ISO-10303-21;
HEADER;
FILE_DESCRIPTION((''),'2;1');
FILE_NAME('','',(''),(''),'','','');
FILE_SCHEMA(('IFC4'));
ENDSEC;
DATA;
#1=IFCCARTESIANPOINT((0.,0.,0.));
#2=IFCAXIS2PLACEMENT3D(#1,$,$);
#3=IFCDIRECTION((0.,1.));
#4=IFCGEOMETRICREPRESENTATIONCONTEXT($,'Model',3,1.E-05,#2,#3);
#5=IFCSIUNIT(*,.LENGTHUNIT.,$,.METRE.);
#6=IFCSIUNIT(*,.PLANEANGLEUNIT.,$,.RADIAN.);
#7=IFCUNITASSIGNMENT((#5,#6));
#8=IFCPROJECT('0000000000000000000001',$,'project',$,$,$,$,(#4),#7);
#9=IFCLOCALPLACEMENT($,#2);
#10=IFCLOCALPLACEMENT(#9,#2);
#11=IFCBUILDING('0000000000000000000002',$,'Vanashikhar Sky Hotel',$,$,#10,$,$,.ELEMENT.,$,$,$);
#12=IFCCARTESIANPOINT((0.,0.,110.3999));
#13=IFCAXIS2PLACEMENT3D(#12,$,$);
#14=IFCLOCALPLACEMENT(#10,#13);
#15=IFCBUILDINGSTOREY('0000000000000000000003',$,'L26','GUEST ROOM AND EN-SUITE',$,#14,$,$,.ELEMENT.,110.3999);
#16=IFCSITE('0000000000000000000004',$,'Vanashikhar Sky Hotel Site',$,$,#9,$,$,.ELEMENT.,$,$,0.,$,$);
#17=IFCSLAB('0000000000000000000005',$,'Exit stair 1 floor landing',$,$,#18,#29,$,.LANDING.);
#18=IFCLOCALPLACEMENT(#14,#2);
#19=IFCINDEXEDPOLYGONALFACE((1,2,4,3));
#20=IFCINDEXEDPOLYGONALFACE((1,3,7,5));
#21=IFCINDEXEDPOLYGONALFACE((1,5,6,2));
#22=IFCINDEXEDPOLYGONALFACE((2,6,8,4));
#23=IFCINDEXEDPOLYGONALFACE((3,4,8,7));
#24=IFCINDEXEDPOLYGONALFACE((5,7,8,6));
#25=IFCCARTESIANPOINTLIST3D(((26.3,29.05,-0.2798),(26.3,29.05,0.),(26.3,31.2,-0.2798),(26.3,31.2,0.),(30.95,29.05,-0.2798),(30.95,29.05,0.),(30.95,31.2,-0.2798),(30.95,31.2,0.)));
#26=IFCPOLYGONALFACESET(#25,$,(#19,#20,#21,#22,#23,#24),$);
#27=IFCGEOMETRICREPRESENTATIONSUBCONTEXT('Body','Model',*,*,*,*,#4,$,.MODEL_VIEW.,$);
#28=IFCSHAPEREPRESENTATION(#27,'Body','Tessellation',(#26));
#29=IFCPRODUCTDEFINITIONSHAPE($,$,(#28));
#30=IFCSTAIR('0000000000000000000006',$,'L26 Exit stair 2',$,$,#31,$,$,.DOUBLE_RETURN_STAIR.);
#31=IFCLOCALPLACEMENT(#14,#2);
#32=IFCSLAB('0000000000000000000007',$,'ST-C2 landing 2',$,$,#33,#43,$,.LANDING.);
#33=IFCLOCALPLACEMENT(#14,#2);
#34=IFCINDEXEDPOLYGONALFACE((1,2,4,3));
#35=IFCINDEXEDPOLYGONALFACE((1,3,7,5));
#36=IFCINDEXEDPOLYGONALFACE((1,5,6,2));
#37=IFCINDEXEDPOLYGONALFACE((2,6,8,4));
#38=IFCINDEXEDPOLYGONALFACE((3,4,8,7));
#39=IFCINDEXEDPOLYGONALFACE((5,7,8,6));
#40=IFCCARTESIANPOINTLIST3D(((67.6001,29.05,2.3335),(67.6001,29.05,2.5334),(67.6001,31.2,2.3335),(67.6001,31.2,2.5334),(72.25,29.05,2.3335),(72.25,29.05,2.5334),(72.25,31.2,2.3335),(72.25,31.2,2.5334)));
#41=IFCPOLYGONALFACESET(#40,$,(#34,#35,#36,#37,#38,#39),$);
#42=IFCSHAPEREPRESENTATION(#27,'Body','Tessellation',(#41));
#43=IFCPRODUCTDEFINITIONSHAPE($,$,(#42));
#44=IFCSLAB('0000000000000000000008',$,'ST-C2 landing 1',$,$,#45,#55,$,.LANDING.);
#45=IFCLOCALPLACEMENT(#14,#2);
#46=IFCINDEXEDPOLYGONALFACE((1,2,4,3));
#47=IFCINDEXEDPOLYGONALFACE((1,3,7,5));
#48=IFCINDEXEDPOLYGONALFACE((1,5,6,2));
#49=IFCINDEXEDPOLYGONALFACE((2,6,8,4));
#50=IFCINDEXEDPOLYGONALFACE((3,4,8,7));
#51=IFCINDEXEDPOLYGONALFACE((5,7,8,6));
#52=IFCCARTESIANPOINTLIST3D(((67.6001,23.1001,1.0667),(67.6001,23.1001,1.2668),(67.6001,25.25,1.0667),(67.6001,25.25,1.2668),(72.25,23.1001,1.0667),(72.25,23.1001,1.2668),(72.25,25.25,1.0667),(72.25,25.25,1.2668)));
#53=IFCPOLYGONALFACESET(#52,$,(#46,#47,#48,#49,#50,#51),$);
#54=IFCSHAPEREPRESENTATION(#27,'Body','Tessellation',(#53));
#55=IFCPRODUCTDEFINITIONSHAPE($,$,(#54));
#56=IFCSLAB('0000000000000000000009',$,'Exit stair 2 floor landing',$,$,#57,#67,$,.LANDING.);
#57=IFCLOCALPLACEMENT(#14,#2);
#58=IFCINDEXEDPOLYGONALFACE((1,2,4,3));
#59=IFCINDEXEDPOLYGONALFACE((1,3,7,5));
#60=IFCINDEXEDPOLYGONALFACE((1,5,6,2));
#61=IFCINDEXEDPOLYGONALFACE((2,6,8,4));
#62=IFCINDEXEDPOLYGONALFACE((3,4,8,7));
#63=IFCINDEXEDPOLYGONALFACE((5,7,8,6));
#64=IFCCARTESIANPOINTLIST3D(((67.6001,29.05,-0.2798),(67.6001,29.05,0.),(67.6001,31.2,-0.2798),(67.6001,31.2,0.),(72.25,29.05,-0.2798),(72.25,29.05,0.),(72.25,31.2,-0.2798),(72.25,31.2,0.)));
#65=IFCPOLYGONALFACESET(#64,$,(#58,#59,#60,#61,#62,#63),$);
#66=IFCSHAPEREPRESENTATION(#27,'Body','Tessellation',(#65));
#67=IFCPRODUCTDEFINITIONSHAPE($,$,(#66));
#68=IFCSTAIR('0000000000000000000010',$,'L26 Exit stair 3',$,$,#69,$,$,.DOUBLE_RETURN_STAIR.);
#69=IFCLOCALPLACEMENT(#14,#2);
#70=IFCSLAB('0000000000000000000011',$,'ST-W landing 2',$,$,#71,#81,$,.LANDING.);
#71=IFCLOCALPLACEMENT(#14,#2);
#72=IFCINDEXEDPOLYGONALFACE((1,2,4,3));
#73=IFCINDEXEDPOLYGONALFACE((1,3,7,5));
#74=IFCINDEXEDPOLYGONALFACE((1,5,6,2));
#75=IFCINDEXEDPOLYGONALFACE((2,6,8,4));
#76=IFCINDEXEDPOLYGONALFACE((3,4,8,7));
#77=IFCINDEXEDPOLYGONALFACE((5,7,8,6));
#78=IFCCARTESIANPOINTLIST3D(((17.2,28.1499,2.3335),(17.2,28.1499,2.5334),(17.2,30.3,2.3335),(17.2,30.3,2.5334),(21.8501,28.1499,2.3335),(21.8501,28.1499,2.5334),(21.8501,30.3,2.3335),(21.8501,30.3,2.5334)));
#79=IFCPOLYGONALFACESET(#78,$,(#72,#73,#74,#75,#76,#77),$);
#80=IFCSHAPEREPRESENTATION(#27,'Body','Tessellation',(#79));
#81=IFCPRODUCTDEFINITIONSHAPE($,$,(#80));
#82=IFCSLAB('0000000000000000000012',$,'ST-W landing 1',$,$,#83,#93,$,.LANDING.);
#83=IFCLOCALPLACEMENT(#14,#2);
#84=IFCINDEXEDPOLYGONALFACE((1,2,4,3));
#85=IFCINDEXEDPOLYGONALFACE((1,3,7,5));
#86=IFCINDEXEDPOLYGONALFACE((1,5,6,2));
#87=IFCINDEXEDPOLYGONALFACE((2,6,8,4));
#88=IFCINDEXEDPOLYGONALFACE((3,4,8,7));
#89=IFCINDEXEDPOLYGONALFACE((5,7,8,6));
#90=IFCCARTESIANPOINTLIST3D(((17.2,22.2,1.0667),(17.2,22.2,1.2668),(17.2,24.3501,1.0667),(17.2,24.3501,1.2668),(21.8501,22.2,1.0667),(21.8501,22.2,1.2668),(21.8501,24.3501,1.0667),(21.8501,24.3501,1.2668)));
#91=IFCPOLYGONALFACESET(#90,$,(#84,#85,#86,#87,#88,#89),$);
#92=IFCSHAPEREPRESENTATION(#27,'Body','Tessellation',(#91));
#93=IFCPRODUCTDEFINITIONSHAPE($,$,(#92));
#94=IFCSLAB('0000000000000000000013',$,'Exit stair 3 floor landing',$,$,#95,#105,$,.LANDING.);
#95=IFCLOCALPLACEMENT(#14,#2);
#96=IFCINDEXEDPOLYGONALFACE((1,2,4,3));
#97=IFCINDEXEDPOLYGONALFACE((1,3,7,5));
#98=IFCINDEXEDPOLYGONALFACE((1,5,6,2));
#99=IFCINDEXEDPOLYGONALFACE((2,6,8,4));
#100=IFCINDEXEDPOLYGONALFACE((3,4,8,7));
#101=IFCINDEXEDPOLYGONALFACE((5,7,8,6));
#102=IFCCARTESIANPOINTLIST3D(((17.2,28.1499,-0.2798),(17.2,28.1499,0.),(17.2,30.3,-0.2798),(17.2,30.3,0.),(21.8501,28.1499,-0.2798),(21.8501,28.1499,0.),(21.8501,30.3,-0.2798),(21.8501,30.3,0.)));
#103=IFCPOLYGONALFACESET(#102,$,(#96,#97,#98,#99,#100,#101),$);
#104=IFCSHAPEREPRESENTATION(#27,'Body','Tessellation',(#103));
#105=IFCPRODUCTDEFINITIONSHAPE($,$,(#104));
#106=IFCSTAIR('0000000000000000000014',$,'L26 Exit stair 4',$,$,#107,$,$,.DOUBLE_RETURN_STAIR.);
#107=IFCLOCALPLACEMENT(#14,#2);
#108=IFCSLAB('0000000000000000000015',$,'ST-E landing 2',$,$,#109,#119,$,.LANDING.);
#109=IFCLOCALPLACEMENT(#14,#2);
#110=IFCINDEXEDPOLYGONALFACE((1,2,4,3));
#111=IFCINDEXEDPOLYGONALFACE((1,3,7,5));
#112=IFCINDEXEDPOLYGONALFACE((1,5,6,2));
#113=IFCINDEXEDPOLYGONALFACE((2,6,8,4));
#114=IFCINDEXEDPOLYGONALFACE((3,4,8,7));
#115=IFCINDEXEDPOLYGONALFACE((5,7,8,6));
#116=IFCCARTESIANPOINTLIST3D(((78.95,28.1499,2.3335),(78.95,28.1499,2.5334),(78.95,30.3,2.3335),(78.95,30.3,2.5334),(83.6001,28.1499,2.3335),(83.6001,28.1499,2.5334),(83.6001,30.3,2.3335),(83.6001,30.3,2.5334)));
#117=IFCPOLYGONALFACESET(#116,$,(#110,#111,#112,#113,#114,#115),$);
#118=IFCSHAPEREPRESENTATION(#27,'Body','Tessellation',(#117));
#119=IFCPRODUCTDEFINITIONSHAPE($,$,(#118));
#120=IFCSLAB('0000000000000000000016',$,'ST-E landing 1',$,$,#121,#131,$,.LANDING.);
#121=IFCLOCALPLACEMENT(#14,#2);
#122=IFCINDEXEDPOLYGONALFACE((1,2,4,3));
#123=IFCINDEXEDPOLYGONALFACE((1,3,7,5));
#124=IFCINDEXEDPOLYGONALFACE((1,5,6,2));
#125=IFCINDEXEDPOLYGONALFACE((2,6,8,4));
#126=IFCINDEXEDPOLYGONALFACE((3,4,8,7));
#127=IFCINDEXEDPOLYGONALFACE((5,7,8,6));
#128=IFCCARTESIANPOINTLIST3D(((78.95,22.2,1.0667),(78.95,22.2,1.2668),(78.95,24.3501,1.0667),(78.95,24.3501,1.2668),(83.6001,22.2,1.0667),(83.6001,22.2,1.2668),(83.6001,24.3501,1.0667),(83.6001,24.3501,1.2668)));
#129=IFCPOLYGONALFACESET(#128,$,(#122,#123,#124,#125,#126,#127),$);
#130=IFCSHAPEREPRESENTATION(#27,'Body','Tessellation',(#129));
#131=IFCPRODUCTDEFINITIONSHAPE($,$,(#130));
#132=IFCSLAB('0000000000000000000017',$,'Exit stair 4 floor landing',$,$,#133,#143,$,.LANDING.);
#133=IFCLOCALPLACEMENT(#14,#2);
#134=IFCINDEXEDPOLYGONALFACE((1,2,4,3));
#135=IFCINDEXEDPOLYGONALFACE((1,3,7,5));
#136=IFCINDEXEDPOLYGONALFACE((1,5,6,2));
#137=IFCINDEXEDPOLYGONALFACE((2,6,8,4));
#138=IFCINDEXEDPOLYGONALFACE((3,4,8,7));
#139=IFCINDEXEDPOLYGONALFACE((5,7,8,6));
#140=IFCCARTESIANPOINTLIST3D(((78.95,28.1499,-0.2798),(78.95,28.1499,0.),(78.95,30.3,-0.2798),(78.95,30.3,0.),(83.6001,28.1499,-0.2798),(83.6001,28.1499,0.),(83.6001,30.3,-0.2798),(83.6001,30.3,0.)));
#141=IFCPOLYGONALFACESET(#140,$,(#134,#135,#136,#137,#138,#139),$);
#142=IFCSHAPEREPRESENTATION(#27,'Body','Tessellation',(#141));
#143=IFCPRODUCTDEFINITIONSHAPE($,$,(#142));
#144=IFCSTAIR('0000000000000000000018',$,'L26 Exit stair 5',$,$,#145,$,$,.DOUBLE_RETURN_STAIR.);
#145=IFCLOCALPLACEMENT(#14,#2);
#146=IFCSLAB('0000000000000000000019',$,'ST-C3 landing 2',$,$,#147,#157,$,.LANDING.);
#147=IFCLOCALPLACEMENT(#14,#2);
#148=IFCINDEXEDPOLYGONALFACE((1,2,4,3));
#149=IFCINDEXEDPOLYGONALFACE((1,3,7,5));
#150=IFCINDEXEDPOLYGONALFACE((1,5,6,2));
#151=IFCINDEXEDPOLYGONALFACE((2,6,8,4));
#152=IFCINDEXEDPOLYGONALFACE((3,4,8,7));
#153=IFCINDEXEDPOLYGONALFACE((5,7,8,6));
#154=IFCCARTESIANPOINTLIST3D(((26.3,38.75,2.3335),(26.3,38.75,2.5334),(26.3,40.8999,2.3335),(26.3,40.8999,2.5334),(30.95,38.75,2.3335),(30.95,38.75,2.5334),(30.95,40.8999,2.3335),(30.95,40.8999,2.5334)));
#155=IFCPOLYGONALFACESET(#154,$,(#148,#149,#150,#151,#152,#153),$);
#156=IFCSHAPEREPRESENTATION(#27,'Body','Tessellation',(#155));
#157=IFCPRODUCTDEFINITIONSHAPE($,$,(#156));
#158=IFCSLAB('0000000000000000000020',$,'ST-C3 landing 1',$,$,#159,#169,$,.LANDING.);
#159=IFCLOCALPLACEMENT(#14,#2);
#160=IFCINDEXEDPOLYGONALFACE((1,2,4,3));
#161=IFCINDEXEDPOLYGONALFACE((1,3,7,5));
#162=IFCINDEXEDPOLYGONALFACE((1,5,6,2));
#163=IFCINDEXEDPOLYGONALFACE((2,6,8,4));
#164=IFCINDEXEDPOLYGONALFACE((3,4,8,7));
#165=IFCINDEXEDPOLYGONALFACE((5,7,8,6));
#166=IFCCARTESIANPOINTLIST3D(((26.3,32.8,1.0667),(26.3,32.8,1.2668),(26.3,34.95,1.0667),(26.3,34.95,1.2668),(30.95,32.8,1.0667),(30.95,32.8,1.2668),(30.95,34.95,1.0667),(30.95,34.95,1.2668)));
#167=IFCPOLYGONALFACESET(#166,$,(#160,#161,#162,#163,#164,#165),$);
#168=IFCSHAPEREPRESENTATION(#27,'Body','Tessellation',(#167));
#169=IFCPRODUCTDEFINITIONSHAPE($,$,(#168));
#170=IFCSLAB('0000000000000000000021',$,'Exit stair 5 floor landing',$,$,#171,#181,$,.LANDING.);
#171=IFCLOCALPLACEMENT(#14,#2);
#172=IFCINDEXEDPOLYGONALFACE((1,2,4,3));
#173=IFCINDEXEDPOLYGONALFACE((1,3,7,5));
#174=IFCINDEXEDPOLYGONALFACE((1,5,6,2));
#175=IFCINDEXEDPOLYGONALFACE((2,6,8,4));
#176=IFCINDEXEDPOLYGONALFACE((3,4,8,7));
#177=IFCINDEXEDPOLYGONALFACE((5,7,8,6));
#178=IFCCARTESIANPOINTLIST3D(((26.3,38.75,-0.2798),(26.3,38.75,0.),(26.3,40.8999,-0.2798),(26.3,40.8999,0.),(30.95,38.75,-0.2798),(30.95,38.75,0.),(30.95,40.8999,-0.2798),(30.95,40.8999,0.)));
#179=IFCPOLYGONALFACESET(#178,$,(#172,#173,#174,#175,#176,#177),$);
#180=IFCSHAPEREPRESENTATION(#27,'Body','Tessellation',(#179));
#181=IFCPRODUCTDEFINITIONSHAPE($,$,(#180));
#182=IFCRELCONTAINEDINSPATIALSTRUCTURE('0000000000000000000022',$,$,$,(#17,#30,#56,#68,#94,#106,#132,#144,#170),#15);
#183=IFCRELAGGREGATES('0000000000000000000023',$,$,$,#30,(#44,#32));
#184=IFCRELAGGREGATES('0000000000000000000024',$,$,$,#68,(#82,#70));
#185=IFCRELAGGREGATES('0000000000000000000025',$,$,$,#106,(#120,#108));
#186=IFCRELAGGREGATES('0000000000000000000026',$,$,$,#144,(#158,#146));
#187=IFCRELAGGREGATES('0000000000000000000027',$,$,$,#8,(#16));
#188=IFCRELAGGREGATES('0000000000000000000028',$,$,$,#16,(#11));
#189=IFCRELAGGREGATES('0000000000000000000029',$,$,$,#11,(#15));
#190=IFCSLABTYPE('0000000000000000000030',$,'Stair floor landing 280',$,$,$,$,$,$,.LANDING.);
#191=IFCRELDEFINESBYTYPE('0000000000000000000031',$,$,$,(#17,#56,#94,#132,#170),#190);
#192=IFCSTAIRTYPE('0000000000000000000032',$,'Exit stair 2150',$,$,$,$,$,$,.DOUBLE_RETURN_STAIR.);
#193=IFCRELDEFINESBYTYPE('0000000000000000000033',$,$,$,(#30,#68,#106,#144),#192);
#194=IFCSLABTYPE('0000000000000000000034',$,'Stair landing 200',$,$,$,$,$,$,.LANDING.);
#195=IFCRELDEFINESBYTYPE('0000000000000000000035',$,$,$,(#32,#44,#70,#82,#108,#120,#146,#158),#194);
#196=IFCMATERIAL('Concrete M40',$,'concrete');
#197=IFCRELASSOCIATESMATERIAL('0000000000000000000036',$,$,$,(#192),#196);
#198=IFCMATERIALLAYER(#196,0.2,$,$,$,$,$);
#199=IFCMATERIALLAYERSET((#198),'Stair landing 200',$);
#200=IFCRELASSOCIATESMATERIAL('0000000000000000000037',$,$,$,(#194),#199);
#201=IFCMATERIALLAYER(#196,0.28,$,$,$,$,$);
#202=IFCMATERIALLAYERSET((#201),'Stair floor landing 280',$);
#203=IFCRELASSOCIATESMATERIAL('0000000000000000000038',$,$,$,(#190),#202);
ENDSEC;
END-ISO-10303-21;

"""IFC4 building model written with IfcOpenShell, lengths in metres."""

from ifc_helpers import new_model, si_unit, direction, frame, origin, place, context, subcontext, project, spatial, polyline, outline, extrude, source, transform, mapped, material, layer, layer_set, type_object, element, aggregate, save


model = new_model("IFC4")

# Units and contexts
model_context = context("Model", 3, precision=1e-05, world=origin(), true_north=direction((0.0, 1.0)))
body_context = subcontext(model_context, "Body", "Model", "MODEL_VIEW")
ifc_project = project(units=[si_unit("LENGTHUNIT", "METRE"), si_unit("PLANEANGLEUNIT", "RADIAN")], contexts=[model_context])

# Site, building, storey
site_placement = place(None, origin())
site = spatial("IfcSite", under=ifc_project, at=site_placement, Name="Vanashikhar Sky Hotel Site", CompositionType="ELEMENT", RefElevation=0.0)
building_placement = place(site_placement, origin())
building = spatial("IfcBuilding", under=site, at=building_placement, Name="Vanashikhar Sky Hotel", CompositionType="ELEMENT")
storey_placement = place(building_placement, frame((0.0, 0.0, 110.3999)))
storey = spatial("IfcBuildingStorey", under=building, at=storey_placement, Name="L26", Description="GUEST ROOM AND EN-SUITE", CompositionType="ELEMENT", Elevation=110.3999)

# Shared definitions
ifc_material_1 = material(Name="Concrete M40", Category="concrete")

# Shared definitions
stair_type = type_object("IfcStairType", Name="Exit stair 2150", PredefinedType="DOUBLE_RETURN_STAIR", material=ifc_material_1)
ifc_layer_1 = layer(ifc_material_1, 0.2)
ifc_layer_set_1 = layer_set([ifc_layer_1], Name="Stair landing 200")
slab_type_1 = type_object("IfcSlabType", Name="Stair landing 200", PredefinedType="LANDING", material=ifc_layer_set_1)

# Slab
ifc_layer_2 = layer(ifc_material_1, 0.28)
ifc_layer_set_2 = layer_set([ifc_layer_2], Name="Stair floor landing 280")
slab_type_2 = type_object("IfcSlabType", Name="Stair floor landing 280", PredefinedType="LANDING", material=ifc_layer_set_2)
shared_shape_1 = source(origin(), body_context, "Body", "SweptSolid", [
    extrude(outline(polyline([(30.95, 29.05), (30.95, 31.2), (26.3, 31.2), (26.3, 29.05), (30.95, 29.05)])), origin(), (0.0, 0.0, 1.0), 0.2798),
])
slab_1_placement = place(storey_placement, frame((0.0, 0.0, -0.2798)))
element("IfcSlab", 1, at=slab_1_placement, inside=storey, type_object=slab_type_2, Name="Exit stair 1 floor landing", PredefinedType="LANDING", context=body_context, shape_type="MappedRepresentation", body=[
    mapped(shared_shape_1, transform((0.0, 0.0, 0.0), scale=1.0)),
])

# Stair, slabs
stair_1_placement = place(storey_placement, origin())
stair_1 = element("IfcStair", 2, at=stair_1_placement, inside=storey, type_object=stair_type, Name="L26 Exit stair 2", PredefinedType="DOUBLE_RETURN_STAIR")
shared_shape_2 = source(origin(), body_context, "Body", "SweptSolid", [
    extrude(outline(polyline([(72.25, 29.05), (72.25, 31.2), (67.6001, 31.2), (67.6001, 29.05), (72.25, 29.05)])), origin(), (0.0, 0.0, 1.0), 0.2),
])
slab_2_placement = place(storey_placement, frame((0.0, 0.0, 2.3335)))
slab_2 = element("IfcSlab", 3, at=slab_2_placement, type_object=slab_type_1, Name="ST-C2 landing 2", PredefinedType="LANDING", context=body_context, shape_type="MappedRepresentation", body=[
    mapped(shared_shape_2, transform((0.0, 0.0, 0.0), scale=1.0)),
])
shared_shape_3 = source(origin(), body_context, "Body", "SweptSolid", [
    extrude(outline(polyline([(72.25, 23.1001), (72.25, 25.25), (67.6001, 25.25), (67.6001, 23.1001), (72.25, 23.1001)])), origin(), (0.0, 0.0, 1.0), 0.2002),
])
slab_3_placement = place(storey_placement, frame((0.0, 0.0, 1.0667)))
slab_3 = element("IfcSlab", 4, at=slab_3_placement, type_object=slab_type_1, Name="ST-C2 landing 1", PredefinedType="LANDING", context=body_context, shape_type="MappedRepresentation", body=[
    mapped(shared_shape_3, transform((0.0, 0.0, 0.0), scale=1.0)),
])
aggregate(stair_1, [slab_3, slab_2])

# Slab
shared_shape_4 = source(origin(), body_context, "Body", "SweptSolid", [
    extrude(outline(polyline([(72.25, 29.05), (72.25, 31.2), (67.6001, 31.2), (67.6001, 29.05), (72.25, 29.05)])), origin(), (0.0, 0.0, 1.0), 0.2798),
])
slab_4_placement = place(storey_placement, frame((0.0, 0.0, -0.2798)))
element("IfcSlab", 5, at=slab_4_placement, inside=storey, type_object=slab_type_2, Name="Exit stair 2 floor landing", PredefinedType="LANDING", context=body_context, shape_type="MappedRepresentation", body=[
    mapped(shared_shape_4, transform((0.0, 0.0, 0.0), scale=1.0)),
])

# Stair, slabs
stair_2_placement = place(storey_placement, origin())
stair_2 = element("IfcStair", 6, at=stair_2_placement, inside=storey, type_object=stair_type, Name="L26 Exit stair 3", PredefinedType="DOUBLE_RETURN_STAIR")
shared_shape_5 = source(origin(), body_context, "Body", "SweptSolid", [
    extrude(outline(polyline([(21.8501, 28.1499), (21.8501, 30.3), (17.2, 30.3), (17.2, 28.1499), (21.8501, 28.1499)])), origin(), (0.0, 0.0, 1.0), 0.2),
])
slab_5_placement = place(storey_placement, frame((0.0, 0.0, 2.3335)))
slab_5 = element("IfcSlab", 7, at=slab_5_placement, type_object=slab_type_1, Name="ST-W landing 2", PredefinedType="LANDING", context=body_context, shape_type="MappedRepresentation", body=[
    mapped(shared_shape_5, transform((0.0, 0.0, 0.0), scale=1.0)),
])
shared_shape_6 = source(origin(), body_context, "Body", "SweptSolid", [
    extrude(outline(polyline([(21.8501, 22.2), (21.8501, 24.3501), (17.2, 24.3501), (17.2, 22.2), (21.8501, 22.2)])), origin(), (0.0, 0.0, 1.0), 0.2002),
])
slab_6_placement = place(storey_placement, frame((0.0, 0.0, 1.0667)))
slab_6 = element("IfcSlab", 8, at=slab_6_placement, type_object=slab_type_1, Name="ST-W landing 1", PredefinedType="LANDING", context=body_context, shape_type="MappedRepresentation", body=[
    mapped(shared_shape_6, transform((0.0, 0.0, 0.0), scale=1.0)),
])
aggregate(stair_2, [slab_6, slab_5])

# Slab
shared_shape_7 = source(origin(), body_context, "Body", "SweptSolid", [
    extrude(outline(polyline([(21.8501, 28.1499), (21.8501, 30.3), (17.2, 30.3), (17.2, 28.1499), (21.8501, 28.1499)])), origin(), (0.0, 0.0, 1.0), 0.2798),
])
slab_7_placement = place(storey_placement, frame((0.0, 0.0, -0.2798)))
element("IfcSlab", 9, at=slab_7_placement, inside=storey, type_object=slab_type_2, Name="Exit stair 3 floor landing", PredefinedType="LANDING", context=body_context, shape_type="MappedRepresentation", body=[
    mapped(shared_shape_7, transform((0.0, 0.0, 0.0), scale=1.0)),
])

# Stair, slabs
stair_3_placement = place(storey_placement, origin())
stair_3 = element("IfcStair", 10, at=stair_3_placement, inside=storey, type_object=stair_type, Name="L26 Exit stair 4", PredefinedType="DOUBLE_RETURN_STAIR")
shared_shape_8 = source(origin(), body_context, "Body", "SweptSolid", [
    extrude(outline(polyline([(83.6001, 28.1499), (83.6001, 30.3), (78.95, 30.3), (78.95, 28.1499), (83.6001, 28.1499)])), origin(), (0.0, 0.0, 1.0), 0.2),
])
slab_8_placement = place(storey_placement, frame((0.0, 0.0, 2.3335)))
slab_8 = element("IfcSlab", 11, at=slab_8_placement, type_object=slab_type_1, Name="ST-E landing 2", PredefinedType="LANDING", context=body_context, shape_type="MappedRepresentation", body=[
    mapped(shared_shape_8, transform((0.0, 0.0, 0.0), scale=1.0)),
])
shared_shape_9 = source(origin(), body_context, "Body", "SweptSolid", [
    extrude(outline(polyline([(83.6001, 22.2), (83.6001, 24.3501), (78.95, 24.3501), (78.95, 22.2), (83.6001, 22.2)])), origin(), (0.0, 0.0, 1.0), 0.2002),
])
slab_9_placement = place(storey_placement, frame((0.0, 0.0, 1.0667)))
slab_9 = element("IfcSlab", 12, at=slab_9_placement, type_object=slab_type_1, Name="ST-E landing 1", PredefinedType="LANDING", context=body_context, shape_type="MappedRepresentation", body=[
    mapped(shared_shape_9, transform((0.0, 0.0, 0.0), scale=1.0)),
])
aggregate(stair_3, [slab_9, slab_8])

# Slab
shared_shape_10 = source(origin(), body_context, "Body", "SweptSolid", [
    extrude(outline(polyline([(83.6001, 28.1499), (83.6001, 30.3), (78.95, 30.3), (78.95, 28.1499), (83.6001, 28.1499)])), origin(), (0.0, 0.0, 1.0), 0.2798),
])
slab_10_placement = place(storey_placement, frame((0.0, 0.0, -0.2798)))
element("IfcSlab", 13, at=slab_10_placement, inside=storey, type_object=slab_type_2, Name="Exit stair 4 floor landing", PredefinedType="LANDING", context=body_context, shape_type="MappedRepresentation", body=[
    mapped(shared_shape_10, transform((0.0, 0.0, 0.0), scale=1.0)),
])

# Stair, slabs
stair_4_placement = place(storey_placement, origin())
stair_4 = element("IfcStair", 14, at=stair_4_placement, inside=storey, type_object=stair_type, Name="L26 Exit stair 5", PredefinedType="DOUBLE_RETURN_STAIR")
shared_shape_11 = source(origin(), body_context, "Body", "SweptSolid", [
    extrude(outline(polyline([(30.95, 38.75), (30.95, 40.8999), (26.3, 40.8999), (26.3, 38.75), (30.95, 38.75)])), origin(), (0.0, 0.0, 1.0), 0.2),
])
slab_11_placement = place(storey_placement, frame((0.0, 0.0, 2.3335)))
slab_11 = element("IfcSlab", 15, at=slab_11_placement, type_object=slab_type_1, Name="ST-C3 landing 2", PredefinedType="LANDING", context=body_context, shape_type="MappedRepresentation", body=[
    mapped(shared_shape_11, transform((0.0, 0.0, 0.0), scale=1.0)),
])
shared_shape_12 = source(origin(), body_context, "Body", "SweptSolid", [
    extrude(outline(polyline([(30.95, 32.8), (30.95, 34.95), (26.3, 34.95), (26.3, 32.8), (30.95, 32.8)])), origin(), (0.0, 0.0, 1.0), 0.2002),
])
slab_12_placement = place(storey_placement, frame((0.0, 0.0, 1.0667)))
slab_12 = element("IfcSlab", 16, at=slab_12_placement, type_object=slab_type_1, Name="ST-C3 landing 1", PredefinedType="LANDING", context=body_context, shape_type="MappedRepresentation", body=[
    mapped(shared_shape_12, transform((0.0, 0.0, 0.0), scale=1.0)),
])
aggregate(stair_4, [slab_12, slab_11])

# Slab
shared_shape_13 = source(origin(), body_context, "Body", "SweptSolid", [
    extrude(outline(polyline([(30.95, 38.75), (30.95, 40.8999), (26.3, 40.8999), (26.3, 38.75), (30.95, 38.75)])), origin(), (0.0, 0.0, 1.0), 0.2798),
])
slab_13_placement = place(storey_placement, frame((0.0, 0.0, -0.2798)))
element("IfcSlab", 17, at=slab_13_placement, inside=storey, type_object=slab_type_2, Name="Exit stair 5 floor landing", PredefinedType="LANDING", context=body_context, shape_type="MappedRepresentation", body=[
    mapped(shared_shape_13, transform((0.0, 0.0, 0.0), scale=1.0)),
])

save(model, "model.ifc")
